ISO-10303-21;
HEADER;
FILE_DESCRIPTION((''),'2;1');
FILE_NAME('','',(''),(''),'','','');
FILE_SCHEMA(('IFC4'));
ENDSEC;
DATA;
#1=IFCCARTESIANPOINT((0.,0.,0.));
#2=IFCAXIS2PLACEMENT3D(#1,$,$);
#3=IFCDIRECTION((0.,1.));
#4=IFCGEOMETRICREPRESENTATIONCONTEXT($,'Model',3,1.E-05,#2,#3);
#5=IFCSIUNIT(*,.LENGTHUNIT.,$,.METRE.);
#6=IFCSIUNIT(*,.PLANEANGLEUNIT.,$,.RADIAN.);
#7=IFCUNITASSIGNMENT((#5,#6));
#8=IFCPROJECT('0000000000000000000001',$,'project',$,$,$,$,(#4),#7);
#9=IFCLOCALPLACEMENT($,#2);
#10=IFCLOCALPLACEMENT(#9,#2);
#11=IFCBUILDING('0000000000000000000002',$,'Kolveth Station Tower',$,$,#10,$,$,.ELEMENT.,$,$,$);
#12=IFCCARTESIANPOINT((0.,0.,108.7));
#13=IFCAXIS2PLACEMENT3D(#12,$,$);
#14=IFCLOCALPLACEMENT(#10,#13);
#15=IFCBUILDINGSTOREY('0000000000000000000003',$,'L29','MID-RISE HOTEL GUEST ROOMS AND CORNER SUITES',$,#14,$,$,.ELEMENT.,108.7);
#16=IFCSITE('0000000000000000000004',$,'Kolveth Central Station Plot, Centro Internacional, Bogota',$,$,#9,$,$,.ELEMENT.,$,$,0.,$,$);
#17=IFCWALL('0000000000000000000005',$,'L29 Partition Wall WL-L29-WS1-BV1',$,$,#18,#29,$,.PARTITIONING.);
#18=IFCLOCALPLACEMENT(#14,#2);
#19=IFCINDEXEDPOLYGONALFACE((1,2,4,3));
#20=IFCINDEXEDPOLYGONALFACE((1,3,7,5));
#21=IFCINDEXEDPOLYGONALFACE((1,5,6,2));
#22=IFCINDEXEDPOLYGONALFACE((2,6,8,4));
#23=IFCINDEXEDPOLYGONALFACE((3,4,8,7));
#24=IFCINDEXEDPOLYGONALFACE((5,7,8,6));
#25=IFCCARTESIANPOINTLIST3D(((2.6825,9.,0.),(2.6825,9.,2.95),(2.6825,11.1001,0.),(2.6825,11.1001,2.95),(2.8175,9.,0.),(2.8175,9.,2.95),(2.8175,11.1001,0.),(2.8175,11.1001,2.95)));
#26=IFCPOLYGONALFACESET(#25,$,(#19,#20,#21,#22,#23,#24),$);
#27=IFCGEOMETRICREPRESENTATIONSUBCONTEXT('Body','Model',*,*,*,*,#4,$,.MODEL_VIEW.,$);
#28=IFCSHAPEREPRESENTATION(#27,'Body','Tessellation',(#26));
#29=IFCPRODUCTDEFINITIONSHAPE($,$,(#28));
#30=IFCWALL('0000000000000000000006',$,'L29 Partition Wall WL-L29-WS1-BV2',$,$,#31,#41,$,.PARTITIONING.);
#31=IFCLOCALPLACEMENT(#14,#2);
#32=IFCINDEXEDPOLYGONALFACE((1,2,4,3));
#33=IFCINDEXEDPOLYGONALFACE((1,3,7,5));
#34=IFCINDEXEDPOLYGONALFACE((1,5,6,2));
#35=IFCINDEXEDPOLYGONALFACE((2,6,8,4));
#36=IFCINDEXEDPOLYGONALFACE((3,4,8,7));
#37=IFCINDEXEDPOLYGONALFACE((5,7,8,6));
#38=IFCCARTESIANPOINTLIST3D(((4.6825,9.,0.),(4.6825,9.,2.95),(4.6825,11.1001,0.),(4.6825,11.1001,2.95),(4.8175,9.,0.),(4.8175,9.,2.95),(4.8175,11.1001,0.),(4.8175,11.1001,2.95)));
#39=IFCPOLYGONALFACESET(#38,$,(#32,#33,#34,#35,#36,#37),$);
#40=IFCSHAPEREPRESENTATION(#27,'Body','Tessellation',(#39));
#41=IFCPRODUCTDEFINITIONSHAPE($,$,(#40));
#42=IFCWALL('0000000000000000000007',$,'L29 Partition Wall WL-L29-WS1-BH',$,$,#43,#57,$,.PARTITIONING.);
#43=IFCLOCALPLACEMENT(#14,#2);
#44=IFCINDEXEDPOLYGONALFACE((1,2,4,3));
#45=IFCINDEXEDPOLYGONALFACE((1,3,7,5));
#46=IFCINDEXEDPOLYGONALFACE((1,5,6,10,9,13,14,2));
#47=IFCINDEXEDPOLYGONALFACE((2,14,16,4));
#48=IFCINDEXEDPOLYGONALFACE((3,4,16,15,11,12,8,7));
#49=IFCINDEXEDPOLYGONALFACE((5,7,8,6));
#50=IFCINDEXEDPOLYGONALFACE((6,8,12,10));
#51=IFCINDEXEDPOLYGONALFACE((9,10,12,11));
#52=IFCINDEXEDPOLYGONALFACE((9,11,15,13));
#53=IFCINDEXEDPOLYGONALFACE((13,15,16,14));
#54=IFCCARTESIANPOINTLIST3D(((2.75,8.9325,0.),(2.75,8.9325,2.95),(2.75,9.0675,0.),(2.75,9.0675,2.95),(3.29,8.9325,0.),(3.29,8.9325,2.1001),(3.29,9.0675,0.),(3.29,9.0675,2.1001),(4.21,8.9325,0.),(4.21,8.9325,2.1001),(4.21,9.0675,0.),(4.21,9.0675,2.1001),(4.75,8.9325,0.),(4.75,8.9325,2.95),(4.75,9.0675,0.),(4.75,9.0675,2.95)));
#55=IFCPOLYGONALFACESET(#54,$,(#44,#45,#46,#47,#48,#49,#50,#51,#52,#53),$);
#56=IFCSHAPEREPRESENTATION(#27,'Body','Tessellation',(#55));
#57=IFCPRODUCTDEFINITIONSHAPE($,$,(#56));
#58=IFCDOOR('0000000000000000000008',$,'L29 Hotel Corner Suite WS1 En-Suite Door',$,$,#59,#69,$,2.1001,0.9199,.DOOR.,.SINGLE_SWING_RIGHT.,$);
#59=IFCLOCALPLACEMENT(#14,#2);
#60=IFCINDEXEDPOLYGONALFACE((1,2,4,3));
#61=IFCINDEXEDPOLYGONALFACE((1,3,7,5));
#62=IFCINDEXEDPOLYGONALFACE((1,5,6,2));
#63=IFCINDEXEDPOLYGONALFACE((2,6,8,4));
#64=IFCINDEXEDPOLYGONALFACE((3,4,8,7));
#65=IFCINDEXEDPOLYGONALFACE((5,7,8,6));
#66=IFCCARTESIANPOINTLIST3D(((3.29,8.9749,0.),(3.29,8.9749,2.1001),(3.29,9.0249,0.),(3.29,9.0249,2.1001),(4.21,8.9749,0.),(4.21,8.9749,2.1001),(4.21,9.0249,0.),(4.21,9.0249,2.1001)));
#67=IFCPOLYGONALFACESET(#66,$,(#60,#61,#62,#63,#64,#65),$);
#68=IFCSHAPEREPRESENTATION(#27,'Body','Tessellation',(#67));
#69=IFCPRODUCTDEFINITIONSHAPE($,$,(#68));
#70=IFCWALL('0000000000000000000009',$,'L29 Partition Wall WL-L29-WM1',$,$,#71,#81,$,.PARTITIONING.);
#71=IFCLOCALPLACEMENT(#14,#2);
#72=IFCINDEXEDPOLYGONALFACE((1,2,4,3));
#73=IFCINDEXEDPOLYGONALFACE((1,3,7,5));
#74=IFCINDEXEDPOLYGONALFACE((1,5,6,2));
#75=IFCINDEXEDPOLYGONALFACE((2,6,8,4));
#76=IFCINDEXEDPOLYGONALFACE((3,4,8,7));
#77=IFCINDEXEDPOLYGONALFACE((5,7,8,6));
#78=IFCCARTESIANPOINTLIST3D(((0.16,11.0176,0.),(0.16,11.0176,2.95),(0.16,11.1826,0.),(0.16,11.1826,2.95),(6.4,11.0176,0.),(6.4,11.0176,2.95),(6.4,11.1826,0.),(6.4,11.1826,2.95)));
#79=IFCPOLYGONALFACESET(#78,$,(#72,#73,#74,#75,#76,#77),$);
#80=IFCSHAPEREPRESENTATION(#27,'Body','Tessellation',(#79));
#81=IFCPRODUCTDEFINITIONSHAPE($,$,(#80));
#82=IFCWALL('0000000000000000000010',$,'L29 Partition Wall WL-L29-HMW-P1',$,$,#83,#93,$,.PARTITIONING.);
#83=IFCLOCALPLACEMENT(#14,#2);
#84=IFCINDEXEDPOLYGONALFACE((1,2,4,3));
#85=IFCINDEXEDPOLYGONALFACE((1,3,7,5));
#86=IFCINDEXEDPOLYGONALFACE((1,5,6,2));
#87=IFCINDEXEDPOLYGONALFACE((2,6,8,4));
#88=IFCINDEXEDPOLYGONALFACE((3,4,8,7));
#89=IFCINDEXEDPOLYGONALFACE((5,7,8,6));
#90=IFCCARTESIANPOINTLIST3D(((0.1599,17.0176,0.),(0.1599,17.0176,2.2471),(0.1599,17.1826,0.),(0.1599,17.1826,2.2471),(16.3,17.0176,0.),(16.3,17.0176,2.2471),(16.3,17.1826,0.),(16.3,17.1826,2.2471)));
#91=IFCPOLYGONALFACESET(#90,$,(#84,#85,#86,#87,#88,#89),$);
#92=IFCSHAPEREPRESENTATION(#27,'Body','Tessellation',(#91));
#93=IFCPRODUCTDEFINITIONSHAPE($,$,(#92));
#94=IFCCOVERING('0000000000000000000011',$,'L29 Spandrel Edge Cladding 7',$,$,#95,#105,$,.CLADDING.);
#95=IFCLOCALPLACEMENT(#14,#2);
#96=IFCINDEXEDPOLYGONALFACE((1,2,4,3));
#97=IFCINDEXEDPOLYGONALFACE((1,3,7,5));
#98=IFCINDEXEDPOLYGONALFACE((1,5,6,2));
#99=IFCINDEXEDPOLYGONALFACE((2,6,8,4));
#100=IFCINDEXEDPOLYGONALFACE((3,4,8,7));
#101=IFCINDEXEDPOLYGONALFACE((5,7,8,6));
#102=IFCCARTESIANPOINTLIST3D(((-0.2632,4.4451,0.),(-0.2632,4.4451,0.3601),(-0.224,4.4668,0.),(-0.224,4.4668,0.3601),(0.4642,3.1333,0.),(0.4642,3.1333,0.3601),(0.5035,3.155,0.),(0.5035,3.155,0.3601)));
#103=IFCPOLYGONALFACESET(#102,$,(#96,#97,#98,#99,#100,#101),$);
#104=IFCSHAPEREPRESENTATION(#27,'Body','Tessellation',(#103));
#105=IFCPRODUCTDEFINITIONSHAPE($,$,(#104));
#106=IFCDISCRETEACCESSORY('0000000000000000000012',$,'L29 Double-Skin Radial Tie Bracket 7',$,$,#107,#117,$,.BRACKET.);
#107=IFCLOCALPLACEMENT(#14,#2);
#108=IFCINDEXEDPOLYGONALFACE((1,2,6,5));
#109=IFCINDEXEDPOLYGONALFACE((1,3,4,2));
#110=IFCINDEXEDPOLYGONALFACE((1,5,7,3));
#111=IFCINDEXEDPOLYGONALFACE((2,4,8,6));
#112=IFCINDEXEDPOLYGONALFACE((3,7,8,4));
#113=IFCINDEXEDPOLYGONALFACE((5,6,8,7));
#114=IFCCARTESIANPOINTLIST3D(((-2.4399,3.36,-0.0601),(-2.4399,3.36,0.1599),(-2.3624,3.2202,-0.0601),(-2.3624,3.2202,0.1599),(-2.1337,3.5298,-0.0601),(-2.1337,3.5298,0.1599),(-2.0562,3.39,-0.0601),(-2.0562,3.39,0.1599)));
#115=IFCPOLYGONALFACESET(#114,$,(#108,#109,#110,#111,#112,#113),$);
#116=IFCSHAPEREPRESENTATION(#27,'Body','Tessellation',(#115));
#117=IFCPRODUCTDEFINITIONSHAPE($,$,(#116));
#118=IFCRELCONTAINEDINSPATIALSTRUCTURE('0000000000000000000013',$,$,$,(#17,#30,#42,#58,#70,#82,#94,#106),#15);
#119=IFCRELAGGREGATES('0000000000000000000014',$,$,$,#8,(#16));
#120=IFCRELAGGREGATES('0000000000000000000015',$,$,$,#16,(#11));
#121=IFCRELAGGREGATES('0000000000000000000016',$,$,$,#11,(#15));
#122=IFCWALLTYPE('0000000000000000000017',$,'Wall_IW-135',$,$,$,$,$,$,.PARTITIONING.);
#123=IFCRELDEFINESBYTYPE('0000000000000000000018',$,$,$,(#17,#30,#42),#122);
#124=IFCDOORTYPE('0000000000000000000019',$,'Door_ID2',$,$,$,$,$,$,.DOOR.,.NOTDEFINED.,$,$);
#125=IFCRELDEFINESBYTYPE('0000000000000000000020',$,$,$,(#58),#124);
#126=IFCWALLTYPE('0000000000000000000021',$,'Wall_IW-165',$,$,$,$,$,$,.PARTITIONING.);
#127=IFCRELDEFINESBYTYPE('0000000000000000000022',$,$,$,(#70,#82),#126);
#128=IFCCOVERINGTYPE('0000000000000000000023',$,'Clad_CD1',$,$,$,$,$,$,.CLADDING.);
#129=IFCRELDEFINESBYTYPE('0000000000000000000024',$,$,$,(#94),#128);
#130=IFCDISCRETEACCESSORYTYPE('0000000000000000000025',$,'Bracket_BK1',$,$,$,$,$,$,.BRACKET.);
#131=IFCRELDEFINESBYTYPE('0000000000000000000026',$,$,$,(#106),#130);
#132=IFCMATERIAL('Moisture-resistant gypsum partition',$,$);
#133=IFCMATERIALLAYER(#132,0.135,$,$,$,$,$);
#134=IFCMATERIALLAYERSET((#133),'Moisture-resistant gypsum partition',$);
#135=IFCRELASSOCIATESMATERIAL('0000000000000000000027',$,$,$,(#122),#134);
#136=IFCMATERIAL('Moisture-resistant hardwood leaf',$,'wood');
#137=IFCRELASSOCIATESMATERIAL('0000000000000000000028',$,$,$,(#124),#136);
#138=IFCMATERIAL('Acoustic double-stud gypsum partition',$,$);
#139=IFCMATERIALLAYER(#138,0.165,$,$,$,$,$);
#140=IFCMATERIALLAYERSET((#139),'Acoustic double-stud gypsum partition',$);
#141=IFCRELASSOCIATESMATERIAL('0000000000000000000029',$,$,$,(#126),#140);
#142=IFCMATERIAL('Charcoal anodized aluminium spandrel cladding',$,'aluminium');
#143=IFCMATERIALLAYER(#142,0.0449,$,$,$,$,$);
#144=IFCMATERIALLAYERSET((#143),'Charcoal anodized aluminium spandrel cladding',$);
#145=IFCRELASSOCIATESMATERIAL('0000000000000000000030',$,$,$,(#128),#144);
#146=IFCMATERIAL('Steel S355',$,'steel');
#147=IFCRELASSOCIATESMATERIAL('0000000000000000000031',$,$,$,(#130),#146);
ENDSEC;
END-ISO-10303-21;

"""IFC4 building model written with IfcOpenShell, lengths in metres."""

from ifc_helpers import new_model, si_unit, direction, frame, frame_2d, origin, origin_2d, place, context, subcontext, project, spatial, rectangle, extrude, source, transform, mapped, material, layer, layer_set, type_object, element, fill, save


model = new_model("IFC4")

# Units and contexts
model_context = context("Model", 3, precision=1e-05, world=origin(), true_north=direction((0.0, 1.0)))
body_context = subcontext(model_context, "Body", "Model", "MODEL_VIEW")
ifc_project = project(units=[si_unit("LENGTHUNIT", "METRE"), si_unit("PLANEANGLEUNIT", "RADIAN")], contexts=[model_context])

# Site, building, storey
site_placement = place(None, origin())
site = spatial("IfcSite", under=ifc_project, at=site_placement, Name="Kolveth Central Station Plot, Centro Internacional, Bogota", CompositionType="ELEMENT", RefElevation=0.0)
building_placement = place(site_placement, origin())
building = spatial("IfcBuilding", under=site, at=building_placement, Name="Kolveth Station Tower", CompositionType="ELEMENT")
storey_placement = place(building_placement, frame((0.0, 0.0, 108.7)))
storey = spatial("IfcBuildingStorey", under=building, at=storey_placement, Name="L29", Description="MID-RISE HOTEL GUEST ROOMS AND CORNER SUITES", CompositionType="ELEMENT", Elevation=108.7)

# Shared definitions
ifc_material_1 = material(Name="Steel S355", Category="steel")

# Walls
ifc_material_2 = material(Name="Moisture-resistant gypsum partition")
ifc_layer_1 = layer(ifc_material_2, 0.135)
ifc_layer_set_1 = layer_set([ifc_layer_1], Name="Moisture-resistant gypsum partition")
wall_type_1 = type_object("IfcWallType", Name="Wall_IW-135", PredefinedType="PARTITIONING", material=ifc_layer_set_1)
for number, where, z_axis, x_axis, name in (
    (1, (2.75, 9.0, 0.0), (0.0, 0.0, 1.0), (0.0, 1.0, 0.0), "L29 Partition Wall WL-L29-WS1-BV1"),
    (2, (4.75, 9.0, 0.0), (0.0, 0.0, 1.0), (0.0, 1.0, 0.0), "L29 Partition Wall WL-L29-WS1-BV2"),
):
    element("IfcWall", number, at=place(storey_placement, frame(where, z_axis=z_axis, x_axis=x_axis)), inside=storey, type_object=wall_type_1, Name=name, PredefinedType="PARTITIONING", context=body_context, shape_type="SweptSolid", body=[
        extrude(rectangle(XDim=2.1001, YDim=0.135, at=frame_2d((1.05, 0.0))), origin(), (0.0, 0.0, 1.0), 2.95),
    ])

# Wall, opening, door
wall_1_placement = place(storey_placement, frame((2.75, 9.0, 0.0), z_axis=(0.0, 0.0, 1.0), x_axis=(1.0, 0.0, 0.0)))
wall_1 = element("IfcWall", 3, at=wall_1_placement, inside=storey, type_object=wall_type_1, Name="L29 Partition Wall WL-L29-WS1-BH", PredefinedType="PARTITIONING", context=body_context, shape_type="SweptSolid", body=[
    extrude(rectangle(XDim=2.0, YDim=0.135, at=frame_2d((1.0, 0.0))), origin(), (0.0, 0.0, 1.0), 2.95),
])
opening_placement = place(wall_1_placement, frame((0.54, 0.0, 0.0)))
opening = element("IfcOpeningElement", 4, at=opening_placement, cuts=wall_1, PredefinedType="OPENING", context=body_context, shape_type="SweptSolid", body=[
    extrude(rectangle(XDim=0.9199, YDim=2.1001, at=frame_2d((0.46, 1.05))), frame((0.0, 0.0774, 0.0), z_axis=(0.0, -1.0, 0.0), x_axis=(1.0, 0.0, 0.0)), (0.0, 0.0, 1.0), 0.155),
])
ifc_material_3 = material(Name="Moisture-resistant hardwood leaf", Category="wood")
door_type = type_object("IfcDoorType", Name="Door_ID2", OperationType="NOTDEFINED", PredefinedType="DOOR", material=ifc_material_3)
door_placement = place(opening_placement, origin())
door = element("IfcDoor", 5, at=door_placement, inside=storey, type_object=door_type, Name="L29 Hotel Corner Suite WS1 En-Suite Door", OperationType="SINGLE_SWING_RIGHT", OverallHeight=2.1001, OverallWidth=0.9199, PredefinedType="DOOR", context=body_context, shape_type="SweptSolid", body=[
    extrude(rectangle(XDim=0.9199, YDim=2.1001, at=frame_2d((0.46, 1.05))), frame((0.0, 0.0249, 0.0), z_axis=(0.0, -1.0, 0.0), x_axis=(1.0, 0.0, 0.0)), (0.0, 0.0, 1.0), 0.05),
])
fill(opening, door)

# Walls
ifc_material_4 = material(Name="Acoustic double-stud gypsum partition")
ifc_layer_2 = layer(ifc_material_4, 0.165)
ifc_layer_set_2 = layer_set([ifc_layer_2], Name="Acoustic double-stud gypsum partition")
wall_type_2 = type_object("IfcWallType", Name="Wall_IW-165", PredefinedType="PARTITIONING", material=ifc_layer_set_2)
wall_2_placement = place(storey_placement, frame((0.1599, 11.1001, 0.0), z_axis=(0.0, 0.0, 1.0), x_axis=(1.0, 0.0, 0.0)))
element("IfcWall", 6, at=wall_2_placement, inside=storey, type_object=wall_type_2, Name="L29 Partition Wall WL-L29-WM1", PredefinedType="PARTITIONING", context=body_context, shape_type="SweptSolid", body=[
    extrude(rectangle(XDim=6.24, YDim=0.165, at=frame_2d((3.1201, 0.0))), origin(), (0.0, 0.0, 1.0), 2.95),
])
wall_3_placement = place(storey_placement, frame((0.1599, 17.1001, 0.0), z_axis=(0.0, 0.0, 1.0), x_axis=(1.0, 0.0, 0.0)))
element("IfcWall", 7, at=wall_3_placement, inside=storey, type_object=wall_type_2, Name="L29 Partition Wall WL-L29-HMW-P1", PredefinedType="PARTITIONING", context=body_context, shape_type="SweptSolid", body=[
    extrude(rectangle(XDim=16.1401, YDim=0.165, at=frame_2d((8.0701, 0.0))), origin(), (0.0, 0.0, 1.0), 2.2471),
])

# Covering
ifc_material_5 = material(Name="Charcoal anodized aluminium spandrel cladding", Category="aluminium")
ifc_layer_3 = layer(ifc_material_5, 0.0449)
ifc_layer_set_3 = layer_set([ifc_layer_3], Name="Charcoal anodized aluminium spandrel cladding")
covering_type = type_object("IfcCoveringType", Name="Clad_CD1", PredefinedType="CLADDING", material=ifc_layer_set_3)
shared_shape_1 = source(origin(), body_context, "Body", "SweptSolid", [
    extrude(rectangle(XDim=1.5, YDim=0.0449, at=origin_2d()), origin(), (0.0, 0.0, 1.0), 0.3601),
])
covering_placement = place(storey_placement, frame((0.1201, 3.8, 0.0), z_axis=(0.0, 0.0, 1.0), x_axis=(0.484962, -0.874535, 0.0)))
element("IfcCovering", 8, at=covering_placement, inside=storey, type_object=covering_type, Name="L29 Spandrel Edge Cladding 7", PredefinedType="CLADDING", context=body_context, shape_type="MappedRepresentation", body=[
    mapped(shared_shape_1, transform((0.0, 0.0, 0.0), x_axis=(1.0, 0.0, 0.0), y_axis=(0.0, 1.0, 0.0), z_axis=(0.0, 0.0, 1.0), scale=1.0)),
])

# Discrete accessory
discrete_accessory_type = type_object("IfcDiscreteAccessoryType", Name="Bracket_BK1", PredefinedType="BRACKET", material=ifc_material_1)
shared_shape_2 = source(origin(), body_context, "Body", "SweptSolid", [
    extrude(rectangle(XDim=0.3501, YDim=0.1599, at=origin_2d()), origin(), (0.0, 0.0, 1.0), 0.22),
])
discrete_accessory_placement = place(storey_placement, frame((-2.248, 3.375, -0.0601), z_axis=(0.0, 0.0, 1.0), x_axis=(-0.874535, -0.484962, 0.0)))
element("IfcDiscreteAccessory", 9, at=discrete_accessory_placement, inside=storey, type_object=discrete_accessory_type, Name="L29 Double-Skin Radial Tie Bracket 7", PredefinedType="BRACKET", context=body_context, shape_type="MappedRepresentation", body=[
    mapped(shared_shape_2, transform((0.0, 0.0, 0.0), x_axis=(1.0, 0.0, 0.0), y_axis=(0.0, 1.0, 0.0), z_axis=(0.0, 0.0, 1.0), scale=1.0)),
])

save(model, "model.ifc")
